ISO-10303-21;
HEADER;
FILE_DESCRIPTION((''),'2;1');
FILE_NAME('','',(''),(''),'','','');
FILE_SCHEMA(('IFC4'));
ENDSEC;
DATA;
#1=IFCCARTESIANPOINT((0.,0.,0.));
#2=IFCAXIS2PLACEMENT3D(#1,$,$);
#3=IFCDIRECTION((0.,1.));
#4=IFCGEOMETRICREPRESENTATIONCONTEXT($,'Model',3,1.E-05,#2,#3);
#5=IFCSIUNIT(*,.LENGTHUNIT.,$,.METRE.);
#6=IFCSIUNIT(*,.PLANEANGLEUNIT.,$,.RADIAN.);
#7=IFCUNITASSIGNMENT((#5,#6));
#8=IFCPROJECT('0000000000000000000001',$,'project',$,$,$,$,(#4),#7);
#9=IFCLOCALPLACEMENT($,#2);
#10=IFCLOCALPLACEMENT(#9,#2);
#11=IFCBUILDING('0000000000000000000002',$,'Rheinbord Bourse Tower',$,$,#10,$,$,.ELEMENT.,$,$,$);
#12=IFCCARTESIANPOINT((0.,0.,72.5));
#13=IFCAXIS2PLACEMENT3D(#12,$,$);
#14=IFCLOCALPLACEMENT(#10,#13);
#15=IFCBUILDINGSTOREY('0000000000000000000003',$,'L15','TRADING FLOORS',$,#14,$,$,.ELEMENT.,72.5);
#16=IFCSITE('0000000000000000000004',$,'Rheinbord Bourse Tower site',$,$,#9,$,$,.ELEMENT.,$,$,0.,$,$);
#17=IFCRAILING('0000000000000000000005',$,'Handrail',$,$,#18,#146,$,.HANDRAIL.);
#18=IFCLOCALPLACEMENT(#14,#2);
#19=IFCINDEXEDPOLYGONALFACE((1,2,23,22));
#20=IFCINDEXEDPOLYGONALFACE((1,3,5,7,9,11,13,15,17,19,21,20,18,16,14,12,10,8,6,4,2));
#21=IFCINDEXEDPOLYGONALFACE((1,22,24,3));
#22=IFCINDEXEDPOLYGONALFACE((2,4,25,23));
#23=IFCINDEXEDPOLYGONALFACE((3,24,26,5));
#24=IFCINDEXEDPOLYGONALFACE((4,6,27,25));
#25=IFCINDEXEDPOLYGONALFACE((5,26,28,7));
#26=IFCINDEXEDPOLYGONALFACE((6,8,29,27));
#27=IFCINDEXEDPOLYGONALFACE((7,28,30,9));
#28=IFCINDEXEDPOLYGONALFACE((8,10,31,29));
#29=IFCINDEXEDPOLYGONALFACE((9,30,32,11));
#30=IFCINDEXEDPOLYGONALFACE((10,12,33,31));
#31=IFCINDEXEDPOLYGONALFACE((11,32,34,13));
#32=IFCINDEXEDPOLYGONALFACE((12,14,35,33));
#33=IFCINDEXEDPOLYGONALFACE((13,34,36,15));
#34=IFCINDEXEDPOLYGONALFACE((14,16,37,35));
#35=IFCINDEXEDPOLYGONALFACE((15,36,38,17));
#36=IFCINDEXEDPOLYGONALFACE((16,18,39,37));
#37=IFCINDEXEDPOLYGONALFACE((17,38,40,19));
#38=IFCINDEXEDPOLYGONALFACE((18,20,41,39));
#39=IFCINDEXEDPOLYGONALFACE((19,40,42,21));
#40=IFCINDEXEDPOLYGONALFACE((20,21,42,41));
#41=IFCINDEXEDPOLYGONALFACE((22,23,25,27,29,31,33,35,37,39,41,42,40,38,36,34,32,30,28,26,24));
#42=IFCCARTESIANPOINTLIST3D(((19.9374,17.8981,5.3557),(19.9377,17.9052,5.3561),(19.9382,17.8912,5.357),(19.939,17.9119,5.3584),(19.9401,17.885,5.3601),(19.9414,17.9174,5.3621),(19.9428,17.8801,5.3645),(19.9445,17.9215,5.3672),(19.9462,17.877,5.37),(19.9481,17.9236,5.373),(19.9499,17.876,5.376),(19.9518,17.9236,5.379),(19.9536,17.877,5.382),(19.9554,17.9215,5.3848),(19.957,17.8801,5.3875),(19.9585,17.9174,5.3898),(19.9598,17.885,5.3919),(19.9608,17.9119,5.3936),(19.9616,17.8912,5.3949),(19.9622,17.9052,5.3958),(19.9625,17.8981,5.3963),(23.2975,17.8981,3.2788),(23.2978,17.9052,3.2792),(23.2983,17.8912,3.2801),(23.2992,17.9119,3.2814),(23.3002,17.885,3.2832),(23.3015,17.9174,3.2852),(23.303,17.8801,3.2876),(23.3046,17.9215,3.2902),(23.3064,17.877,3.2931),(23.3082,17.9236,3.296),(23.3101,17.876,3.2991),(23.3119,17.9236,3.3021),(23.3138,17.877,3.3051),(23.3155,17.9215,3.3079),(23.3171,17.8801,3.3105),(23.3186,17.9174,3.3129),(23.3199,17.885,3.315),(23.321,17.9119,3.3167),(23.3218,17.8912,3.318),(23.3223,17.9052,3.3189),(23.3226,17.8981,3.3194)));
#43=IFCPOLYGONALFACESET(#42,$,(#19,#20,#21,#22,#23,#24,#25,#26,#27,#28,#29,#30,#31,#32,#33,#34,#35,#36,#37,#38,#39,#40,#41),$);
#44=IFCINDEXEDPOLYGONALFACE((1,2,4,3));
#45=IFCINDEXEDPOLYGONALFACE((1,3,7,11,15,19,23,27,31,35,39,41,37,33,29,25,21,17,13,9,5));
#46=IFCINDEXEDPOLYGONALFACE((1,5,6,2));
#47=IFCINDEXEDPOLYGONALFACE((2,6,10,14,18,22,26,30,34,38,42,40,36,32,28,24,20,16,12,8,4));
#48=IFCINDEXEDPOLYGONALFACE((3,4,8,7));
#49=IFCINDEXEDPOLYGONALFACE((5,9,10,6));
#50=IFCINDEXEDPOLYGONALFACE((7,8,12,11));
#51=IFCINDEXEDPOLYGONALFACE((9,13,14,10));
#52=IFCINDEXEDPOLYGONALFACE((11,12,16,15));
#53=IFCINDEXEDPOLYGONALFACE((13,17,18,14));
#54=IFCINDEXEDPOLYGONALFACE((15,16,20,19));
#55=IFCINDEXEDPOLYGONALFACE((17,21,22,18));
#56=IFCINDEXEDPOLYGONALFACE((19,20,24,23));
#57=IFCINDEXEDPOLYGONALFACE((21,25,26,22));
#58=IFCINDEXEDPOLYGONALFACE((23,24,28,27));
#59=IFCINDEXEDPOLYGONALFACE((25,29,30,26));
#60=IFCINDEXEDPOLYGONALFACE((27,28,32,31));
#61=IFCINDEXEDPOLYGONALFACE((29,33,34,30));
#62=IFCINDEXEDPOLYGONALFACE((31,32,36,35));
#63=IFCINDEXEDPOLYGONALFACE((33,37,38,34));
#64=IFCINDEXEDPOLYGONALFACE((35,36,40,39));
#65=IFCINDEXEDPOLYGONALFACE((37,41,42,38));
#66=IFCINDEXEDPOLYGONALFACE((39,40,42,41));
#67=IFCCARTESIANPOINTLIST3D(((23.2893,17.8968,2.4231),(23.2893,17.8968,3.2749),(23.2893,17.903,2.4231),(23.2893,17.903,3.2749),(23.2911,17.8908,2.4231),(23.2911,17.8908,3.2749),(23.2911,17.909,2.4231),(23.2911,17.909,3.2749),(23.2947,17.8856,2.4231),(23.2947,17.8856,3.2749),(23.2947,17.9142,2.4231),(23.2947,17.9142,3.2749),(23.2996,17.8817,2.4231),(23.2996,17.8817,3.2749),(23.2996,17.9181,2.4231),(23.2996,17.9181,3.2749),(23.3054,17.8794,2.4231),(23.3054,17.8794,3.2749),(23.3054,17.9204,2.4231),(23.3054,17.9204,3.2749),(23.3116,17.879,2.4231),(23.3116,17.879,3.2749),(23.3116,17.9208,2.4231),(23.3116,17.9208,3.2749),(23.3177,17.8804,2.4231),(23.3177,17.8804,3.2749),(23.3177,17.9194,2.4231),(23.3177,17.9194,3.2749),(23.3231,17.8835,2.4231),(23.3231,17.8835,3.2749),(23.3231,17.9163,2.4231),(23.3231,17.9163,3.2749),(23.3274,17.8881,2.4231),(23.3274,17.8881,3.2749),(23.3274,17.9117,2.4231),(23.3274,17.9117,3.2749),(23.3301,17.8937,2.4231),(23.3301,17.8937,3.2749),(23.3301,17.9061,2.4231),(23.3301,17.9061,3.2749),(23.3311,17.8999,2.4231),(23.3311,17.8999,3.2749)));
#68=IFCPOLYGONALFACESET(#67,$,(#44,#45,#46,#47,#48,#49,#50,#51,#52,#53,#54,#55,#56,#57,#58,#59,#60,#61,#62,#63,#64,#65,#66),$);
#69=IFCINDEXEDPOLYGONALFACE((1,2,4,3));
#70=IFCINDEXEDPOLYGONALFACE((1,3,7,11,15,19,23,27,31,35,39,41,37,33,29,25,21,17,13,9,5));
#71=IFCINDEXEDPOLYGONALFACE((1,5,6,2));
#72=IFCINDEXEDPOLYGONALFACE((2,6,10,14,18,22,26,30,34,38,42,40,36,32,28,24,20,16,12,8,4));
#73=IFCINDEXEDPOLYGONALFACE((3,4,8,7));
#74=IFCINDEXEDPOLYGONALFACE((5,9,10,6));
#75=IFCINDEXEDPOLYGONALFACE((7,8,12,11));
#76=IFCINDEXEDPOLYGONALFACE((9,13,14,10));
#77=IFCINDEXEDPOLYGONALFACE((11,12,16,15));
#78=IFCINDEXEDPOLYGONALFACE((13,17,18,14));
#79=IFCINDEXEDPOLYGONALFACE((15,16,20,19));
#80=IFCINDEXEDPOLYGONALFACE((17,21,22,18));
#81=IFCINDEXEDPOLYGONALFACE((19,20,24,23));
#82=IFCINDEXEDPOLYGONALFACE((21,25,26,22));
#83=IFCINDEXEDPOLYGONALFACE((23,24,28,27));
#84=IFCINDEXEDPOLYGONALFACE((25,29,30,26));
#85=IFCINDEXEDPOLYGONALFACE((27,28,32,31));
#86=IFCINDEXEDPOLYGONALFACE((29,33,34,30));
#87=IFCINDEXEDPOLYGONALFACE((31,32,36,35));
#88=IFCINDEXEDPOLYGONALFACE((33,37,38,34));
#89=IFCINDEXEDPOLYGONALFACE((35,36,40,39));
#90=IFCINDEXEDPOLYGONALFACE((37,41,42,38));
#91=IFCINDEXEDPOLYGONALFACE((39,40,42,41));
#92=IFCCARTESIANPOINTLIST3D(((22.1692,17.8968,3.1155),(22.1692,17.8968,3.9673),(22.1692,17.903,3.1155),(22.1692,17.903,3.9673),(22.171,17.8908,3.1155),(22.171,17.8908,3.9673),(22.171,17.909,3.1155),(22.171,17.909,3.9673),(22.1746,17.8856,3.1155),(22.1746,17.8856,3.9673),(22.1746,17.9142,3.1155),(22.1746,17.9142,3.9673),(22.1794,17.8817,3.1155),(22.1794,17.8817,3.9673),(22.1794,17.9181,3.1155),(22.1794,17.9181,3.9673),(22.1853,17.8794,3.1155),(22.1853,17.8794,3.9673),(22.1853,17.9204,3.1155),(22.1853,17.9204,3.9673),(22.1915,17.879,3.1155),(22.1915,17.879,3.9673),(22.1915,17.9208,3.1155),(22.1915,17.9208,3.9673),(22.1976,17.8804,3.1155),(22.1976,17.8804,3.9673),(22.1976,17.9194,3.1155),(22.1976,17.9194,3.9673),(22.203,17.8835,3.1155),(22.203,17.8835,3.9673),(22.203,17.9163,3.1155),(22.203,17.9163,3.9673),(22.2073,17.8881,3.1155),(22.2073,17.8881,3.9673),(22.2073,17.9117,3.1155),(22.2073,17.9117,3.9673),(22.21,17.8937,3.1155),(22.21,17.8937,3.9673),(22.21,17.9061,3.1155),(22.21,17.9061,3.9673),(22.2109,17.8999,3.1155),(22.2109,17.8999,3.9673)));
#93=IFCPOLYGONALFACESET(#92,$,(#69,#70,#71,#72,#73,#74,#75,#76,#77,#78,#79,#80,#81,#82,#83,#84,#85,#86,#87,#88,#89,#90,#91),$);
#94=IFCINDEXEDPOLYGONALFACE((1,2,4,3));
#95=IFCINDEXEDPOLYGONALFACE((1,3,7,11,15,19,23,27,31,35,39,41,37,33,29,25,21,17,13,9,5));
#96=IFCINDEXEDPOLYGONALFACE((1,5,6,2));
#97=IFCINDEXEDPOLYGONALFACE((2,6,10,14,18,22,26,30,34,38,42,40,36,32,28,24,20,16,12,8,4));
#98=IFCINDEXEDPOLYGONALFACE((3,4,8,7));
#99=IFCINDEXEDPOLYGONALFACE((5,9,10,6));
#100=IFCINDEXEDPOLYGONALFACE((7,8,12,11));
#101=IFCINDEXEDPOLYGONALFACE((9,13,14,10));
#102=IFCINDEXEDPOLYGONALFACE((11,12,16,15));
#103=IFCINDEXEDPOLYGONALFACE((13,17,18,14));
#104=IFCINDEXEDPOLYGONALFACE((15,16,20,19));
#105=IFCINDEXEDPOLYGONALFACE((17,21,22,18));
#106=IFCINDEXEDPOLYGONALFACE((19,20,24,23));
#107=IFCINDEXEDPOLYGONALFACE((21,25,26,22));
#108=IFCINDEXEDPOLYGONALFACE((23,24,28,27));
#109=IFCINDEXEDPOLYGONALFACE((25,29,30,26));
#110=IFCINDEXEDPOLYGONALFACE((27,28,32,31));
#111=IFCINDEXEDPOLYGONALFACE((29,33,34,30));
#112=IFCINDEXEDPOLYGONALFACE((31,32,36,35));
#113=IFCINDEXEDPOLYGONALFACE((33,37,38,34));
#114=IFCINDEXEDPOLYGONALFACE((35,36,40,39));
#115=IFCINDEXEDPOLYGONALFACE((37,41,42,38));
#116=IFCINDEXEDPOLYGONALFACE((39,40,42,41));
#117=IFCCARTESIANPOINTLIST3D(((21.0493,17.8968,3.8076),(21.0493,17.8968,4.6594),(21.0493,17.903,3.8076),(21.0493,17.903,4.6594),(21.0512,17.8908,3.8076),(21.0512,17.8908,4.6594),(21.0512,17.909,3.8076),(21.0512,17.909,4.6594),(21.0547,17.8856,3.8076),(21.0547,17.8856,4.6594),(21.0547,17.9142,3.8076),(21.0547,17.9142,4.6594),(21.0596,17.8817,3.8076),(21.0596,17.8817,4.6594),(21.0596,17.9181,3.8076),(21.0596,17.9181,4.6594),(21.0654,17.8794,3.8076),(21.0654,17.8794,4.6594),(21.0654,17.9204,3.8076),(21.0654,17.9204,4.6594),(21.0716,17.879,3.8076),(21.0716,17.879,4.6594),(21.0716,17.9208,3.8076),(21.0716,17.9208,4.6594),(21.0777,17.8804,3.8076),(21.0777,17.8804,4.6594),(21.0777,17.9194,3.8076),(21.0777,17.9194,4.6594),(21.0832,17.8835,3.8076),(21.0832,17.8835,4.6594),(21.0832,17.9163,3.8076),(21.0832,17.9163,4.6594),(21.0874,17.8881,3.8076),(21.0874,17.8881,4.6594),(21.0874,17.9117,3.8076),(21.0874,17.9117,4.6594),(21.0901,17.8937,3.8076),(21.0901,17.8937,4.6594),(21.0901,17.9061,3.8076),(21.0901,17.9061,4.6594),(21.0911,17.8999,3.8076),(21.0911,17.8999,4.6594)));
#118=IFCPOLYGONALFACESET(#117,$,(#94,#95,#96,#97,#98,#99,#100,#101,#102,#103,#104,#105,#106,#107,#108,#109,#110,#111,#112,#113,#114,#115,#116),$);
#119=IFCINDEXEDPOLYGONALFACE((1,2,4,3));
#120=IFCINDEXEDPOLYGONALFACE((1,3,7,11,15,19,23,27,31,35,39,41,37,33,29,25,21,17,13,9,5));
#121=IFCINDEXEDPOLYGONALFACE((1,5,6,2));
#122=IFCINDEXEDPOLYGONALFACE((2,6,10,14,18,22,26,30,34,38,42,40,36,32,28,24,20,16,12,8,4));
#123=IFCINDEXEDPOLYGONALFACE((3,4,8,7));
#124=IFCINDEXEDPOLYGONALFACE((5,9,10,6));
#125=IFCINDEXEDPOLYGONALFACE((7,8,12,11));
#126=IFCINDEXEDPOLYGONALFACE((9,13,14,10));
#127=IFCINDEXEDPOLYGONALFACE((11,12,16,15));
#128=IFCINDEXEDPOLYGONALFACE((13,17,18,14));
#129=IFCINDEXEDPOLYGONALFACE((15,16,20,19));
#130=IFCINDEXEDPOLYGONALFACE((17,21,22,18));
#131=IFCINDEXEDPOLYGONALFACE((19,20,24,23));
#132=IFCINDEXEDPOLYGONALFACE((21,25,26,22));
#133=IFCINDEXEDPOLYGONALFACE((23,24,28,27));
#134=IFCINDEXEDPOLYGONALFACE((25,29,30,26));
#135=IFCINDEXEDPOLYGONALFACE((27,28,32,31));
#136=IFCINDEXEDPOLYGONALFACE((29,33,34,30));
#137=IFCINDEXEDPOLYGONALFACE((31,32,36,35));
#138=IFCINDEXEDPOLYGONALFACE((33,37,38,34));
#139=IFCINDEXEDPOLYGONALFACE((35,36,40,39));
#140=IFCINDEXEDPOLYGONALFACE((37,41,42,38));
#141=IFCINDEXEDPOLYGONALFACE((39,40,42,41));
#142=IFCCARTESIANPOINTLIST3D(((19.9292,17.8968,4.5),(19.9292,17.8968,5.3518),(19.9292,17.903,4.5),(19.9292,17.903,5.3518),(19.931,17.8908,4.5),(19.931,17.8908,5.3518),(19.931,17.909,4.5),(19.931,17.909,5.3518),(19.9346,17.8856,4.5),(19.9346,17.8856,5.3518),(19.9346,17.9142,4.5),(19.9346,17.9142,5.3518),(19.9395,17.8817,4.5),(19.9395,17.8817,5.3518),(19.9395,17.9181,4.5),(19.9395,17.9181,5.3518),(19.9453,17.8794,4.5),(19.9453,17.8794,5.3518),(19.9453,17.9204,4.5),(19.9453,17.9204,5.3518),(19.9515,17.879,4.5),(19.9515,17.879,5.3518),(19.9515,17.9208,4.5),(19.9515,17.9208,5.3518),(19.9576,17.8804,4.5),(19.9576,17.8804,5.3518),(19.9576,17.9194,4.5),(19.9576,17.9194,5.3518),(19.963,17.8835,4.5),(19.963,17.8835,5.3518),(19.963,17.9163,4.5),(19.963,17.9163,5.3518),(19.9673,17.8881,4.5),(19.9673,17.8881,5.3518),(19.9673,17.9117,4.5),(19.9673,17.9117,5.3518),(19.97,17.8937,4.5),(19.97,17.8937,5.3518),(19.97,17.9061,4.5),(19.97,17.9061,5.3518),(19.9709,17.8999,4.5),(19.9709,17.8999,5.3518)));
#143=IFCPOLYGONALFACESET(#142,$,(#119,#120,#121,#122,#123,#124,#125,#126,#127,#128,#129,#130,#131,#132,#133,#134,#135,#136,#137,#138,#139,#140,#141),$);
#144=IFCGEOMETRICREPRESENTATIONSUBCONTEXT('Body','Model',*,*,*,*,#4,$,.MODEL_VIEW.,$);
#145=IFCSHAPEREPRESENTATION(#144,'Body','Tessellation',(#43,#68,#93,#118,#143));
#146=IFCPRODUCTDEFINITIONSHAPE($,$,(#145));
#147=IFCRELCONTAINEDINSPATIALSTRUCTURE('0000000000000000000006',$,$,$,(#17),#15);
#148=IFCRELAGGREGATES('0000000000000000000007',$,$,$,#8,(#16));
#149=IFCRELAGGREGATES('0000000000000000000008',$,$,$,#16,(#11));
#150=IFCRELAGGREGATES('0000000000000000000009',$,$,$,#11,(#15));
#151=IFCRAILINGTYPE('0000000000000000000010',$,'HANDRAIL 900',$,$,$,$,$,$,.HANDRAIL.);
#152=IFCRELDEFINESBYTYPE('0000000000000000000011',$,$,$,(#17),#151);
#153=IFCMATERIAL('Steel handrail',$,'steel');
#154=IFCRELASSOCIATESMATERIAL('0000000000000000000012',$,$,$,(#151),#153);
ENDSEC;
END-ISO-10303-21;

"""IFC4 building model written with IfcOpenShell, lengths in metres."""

from ifc_helpers import new_model, si_unit, direction, frame, origin, origin_2d, place, context, subcontext, project, spatial, circle, extrude, material, type_object, element, save


model = new_model("IFC4")

# Units and contexts
model_context = context("Model", 3, precision=1e-05, world=origin(), true_north=direction((0.0, 1.0)))
body_context = subcontext(model_context, "Body", "Model", "MODEL_VIEW")
ifc_project = project(units=[si_unit("LENGTHUNIT", "METRE"), si_unit("PLANEANGLEUNIT", "RADIAN")], contexts=[model_context])

# Site, building, storey
site_placement = place(None, origin())
site = spatial("IfcSite", under=ifc_project, at=site_placement, Name="Rheinbord Bourse Tower site", CompositionType="ELEMENT", RefElevation=0.0)
building_placement = place(site_placement, origin())
building = spatial("IfcBuilding", under=site, at=building_placement, Name="Rheinbord Bourse Tower", CompositionType="ELEMENT")
storey_placement = place(building_placement, frame((0.0, 0.0, 72.5)))
storey = spatial("IfcBuildingStorey", under=building, at=storey_placement, Name="L15", Description="TRADING FLOORS", CompositionType="ELEMENT", Elevation=72.5)

# Railing
ifc_material_1 = material(Name="Steel handrail", Category="steel")
railing_type = type_object("IfcRailingType", Name="HANDRAIL 900", PredefinedType="HANDRAIL", material=ifc_material_1)
railing_1_placement = place(storey_placement, frame((23.3101, 17.8999, 2.4231)))
element("IfcRailing", 1, at=railing_1_placement, inside=storey, type_object=railing_type, Name="Handrail", PredefinedType="HANDRAIL", context=body_context, shape_type="SweptSolid", body=[
    extrude(circle(Radius=0.0239, at=origin_2d()), frame((0.0, 0.0, 0.876), z_axis=(-0.850623, 0.0, 0.525776), x_axis=(0.0, -1.0, 0.0)), (0.0, 0.0, 1.0), 3.9502),
    extrude(circle(Radius=0.021, at=origin_2d()), origin(), (0.0, 0.0, 1.0), 0.8518),
    extrude(circle(Radius=0.021, at=origin_2d()), frame((-1.1201, 0.0, 0.6924)), (0.0, 0.0, 1.0), 0.8518),
    extrude(circle(Radius=0.021, at=origin_2d()), frame((-2.24, 0.0, 1.3845)), (0.0, 0.0, 1.0), 0.8518),
    extrude(circle(Radius=0.021, at=origin_2d()), frame((-3.3601, 0.0, 2.0769)), (0.0, 0.0, 1.0), 0.8518),
])

save(model, "model.ifc")
